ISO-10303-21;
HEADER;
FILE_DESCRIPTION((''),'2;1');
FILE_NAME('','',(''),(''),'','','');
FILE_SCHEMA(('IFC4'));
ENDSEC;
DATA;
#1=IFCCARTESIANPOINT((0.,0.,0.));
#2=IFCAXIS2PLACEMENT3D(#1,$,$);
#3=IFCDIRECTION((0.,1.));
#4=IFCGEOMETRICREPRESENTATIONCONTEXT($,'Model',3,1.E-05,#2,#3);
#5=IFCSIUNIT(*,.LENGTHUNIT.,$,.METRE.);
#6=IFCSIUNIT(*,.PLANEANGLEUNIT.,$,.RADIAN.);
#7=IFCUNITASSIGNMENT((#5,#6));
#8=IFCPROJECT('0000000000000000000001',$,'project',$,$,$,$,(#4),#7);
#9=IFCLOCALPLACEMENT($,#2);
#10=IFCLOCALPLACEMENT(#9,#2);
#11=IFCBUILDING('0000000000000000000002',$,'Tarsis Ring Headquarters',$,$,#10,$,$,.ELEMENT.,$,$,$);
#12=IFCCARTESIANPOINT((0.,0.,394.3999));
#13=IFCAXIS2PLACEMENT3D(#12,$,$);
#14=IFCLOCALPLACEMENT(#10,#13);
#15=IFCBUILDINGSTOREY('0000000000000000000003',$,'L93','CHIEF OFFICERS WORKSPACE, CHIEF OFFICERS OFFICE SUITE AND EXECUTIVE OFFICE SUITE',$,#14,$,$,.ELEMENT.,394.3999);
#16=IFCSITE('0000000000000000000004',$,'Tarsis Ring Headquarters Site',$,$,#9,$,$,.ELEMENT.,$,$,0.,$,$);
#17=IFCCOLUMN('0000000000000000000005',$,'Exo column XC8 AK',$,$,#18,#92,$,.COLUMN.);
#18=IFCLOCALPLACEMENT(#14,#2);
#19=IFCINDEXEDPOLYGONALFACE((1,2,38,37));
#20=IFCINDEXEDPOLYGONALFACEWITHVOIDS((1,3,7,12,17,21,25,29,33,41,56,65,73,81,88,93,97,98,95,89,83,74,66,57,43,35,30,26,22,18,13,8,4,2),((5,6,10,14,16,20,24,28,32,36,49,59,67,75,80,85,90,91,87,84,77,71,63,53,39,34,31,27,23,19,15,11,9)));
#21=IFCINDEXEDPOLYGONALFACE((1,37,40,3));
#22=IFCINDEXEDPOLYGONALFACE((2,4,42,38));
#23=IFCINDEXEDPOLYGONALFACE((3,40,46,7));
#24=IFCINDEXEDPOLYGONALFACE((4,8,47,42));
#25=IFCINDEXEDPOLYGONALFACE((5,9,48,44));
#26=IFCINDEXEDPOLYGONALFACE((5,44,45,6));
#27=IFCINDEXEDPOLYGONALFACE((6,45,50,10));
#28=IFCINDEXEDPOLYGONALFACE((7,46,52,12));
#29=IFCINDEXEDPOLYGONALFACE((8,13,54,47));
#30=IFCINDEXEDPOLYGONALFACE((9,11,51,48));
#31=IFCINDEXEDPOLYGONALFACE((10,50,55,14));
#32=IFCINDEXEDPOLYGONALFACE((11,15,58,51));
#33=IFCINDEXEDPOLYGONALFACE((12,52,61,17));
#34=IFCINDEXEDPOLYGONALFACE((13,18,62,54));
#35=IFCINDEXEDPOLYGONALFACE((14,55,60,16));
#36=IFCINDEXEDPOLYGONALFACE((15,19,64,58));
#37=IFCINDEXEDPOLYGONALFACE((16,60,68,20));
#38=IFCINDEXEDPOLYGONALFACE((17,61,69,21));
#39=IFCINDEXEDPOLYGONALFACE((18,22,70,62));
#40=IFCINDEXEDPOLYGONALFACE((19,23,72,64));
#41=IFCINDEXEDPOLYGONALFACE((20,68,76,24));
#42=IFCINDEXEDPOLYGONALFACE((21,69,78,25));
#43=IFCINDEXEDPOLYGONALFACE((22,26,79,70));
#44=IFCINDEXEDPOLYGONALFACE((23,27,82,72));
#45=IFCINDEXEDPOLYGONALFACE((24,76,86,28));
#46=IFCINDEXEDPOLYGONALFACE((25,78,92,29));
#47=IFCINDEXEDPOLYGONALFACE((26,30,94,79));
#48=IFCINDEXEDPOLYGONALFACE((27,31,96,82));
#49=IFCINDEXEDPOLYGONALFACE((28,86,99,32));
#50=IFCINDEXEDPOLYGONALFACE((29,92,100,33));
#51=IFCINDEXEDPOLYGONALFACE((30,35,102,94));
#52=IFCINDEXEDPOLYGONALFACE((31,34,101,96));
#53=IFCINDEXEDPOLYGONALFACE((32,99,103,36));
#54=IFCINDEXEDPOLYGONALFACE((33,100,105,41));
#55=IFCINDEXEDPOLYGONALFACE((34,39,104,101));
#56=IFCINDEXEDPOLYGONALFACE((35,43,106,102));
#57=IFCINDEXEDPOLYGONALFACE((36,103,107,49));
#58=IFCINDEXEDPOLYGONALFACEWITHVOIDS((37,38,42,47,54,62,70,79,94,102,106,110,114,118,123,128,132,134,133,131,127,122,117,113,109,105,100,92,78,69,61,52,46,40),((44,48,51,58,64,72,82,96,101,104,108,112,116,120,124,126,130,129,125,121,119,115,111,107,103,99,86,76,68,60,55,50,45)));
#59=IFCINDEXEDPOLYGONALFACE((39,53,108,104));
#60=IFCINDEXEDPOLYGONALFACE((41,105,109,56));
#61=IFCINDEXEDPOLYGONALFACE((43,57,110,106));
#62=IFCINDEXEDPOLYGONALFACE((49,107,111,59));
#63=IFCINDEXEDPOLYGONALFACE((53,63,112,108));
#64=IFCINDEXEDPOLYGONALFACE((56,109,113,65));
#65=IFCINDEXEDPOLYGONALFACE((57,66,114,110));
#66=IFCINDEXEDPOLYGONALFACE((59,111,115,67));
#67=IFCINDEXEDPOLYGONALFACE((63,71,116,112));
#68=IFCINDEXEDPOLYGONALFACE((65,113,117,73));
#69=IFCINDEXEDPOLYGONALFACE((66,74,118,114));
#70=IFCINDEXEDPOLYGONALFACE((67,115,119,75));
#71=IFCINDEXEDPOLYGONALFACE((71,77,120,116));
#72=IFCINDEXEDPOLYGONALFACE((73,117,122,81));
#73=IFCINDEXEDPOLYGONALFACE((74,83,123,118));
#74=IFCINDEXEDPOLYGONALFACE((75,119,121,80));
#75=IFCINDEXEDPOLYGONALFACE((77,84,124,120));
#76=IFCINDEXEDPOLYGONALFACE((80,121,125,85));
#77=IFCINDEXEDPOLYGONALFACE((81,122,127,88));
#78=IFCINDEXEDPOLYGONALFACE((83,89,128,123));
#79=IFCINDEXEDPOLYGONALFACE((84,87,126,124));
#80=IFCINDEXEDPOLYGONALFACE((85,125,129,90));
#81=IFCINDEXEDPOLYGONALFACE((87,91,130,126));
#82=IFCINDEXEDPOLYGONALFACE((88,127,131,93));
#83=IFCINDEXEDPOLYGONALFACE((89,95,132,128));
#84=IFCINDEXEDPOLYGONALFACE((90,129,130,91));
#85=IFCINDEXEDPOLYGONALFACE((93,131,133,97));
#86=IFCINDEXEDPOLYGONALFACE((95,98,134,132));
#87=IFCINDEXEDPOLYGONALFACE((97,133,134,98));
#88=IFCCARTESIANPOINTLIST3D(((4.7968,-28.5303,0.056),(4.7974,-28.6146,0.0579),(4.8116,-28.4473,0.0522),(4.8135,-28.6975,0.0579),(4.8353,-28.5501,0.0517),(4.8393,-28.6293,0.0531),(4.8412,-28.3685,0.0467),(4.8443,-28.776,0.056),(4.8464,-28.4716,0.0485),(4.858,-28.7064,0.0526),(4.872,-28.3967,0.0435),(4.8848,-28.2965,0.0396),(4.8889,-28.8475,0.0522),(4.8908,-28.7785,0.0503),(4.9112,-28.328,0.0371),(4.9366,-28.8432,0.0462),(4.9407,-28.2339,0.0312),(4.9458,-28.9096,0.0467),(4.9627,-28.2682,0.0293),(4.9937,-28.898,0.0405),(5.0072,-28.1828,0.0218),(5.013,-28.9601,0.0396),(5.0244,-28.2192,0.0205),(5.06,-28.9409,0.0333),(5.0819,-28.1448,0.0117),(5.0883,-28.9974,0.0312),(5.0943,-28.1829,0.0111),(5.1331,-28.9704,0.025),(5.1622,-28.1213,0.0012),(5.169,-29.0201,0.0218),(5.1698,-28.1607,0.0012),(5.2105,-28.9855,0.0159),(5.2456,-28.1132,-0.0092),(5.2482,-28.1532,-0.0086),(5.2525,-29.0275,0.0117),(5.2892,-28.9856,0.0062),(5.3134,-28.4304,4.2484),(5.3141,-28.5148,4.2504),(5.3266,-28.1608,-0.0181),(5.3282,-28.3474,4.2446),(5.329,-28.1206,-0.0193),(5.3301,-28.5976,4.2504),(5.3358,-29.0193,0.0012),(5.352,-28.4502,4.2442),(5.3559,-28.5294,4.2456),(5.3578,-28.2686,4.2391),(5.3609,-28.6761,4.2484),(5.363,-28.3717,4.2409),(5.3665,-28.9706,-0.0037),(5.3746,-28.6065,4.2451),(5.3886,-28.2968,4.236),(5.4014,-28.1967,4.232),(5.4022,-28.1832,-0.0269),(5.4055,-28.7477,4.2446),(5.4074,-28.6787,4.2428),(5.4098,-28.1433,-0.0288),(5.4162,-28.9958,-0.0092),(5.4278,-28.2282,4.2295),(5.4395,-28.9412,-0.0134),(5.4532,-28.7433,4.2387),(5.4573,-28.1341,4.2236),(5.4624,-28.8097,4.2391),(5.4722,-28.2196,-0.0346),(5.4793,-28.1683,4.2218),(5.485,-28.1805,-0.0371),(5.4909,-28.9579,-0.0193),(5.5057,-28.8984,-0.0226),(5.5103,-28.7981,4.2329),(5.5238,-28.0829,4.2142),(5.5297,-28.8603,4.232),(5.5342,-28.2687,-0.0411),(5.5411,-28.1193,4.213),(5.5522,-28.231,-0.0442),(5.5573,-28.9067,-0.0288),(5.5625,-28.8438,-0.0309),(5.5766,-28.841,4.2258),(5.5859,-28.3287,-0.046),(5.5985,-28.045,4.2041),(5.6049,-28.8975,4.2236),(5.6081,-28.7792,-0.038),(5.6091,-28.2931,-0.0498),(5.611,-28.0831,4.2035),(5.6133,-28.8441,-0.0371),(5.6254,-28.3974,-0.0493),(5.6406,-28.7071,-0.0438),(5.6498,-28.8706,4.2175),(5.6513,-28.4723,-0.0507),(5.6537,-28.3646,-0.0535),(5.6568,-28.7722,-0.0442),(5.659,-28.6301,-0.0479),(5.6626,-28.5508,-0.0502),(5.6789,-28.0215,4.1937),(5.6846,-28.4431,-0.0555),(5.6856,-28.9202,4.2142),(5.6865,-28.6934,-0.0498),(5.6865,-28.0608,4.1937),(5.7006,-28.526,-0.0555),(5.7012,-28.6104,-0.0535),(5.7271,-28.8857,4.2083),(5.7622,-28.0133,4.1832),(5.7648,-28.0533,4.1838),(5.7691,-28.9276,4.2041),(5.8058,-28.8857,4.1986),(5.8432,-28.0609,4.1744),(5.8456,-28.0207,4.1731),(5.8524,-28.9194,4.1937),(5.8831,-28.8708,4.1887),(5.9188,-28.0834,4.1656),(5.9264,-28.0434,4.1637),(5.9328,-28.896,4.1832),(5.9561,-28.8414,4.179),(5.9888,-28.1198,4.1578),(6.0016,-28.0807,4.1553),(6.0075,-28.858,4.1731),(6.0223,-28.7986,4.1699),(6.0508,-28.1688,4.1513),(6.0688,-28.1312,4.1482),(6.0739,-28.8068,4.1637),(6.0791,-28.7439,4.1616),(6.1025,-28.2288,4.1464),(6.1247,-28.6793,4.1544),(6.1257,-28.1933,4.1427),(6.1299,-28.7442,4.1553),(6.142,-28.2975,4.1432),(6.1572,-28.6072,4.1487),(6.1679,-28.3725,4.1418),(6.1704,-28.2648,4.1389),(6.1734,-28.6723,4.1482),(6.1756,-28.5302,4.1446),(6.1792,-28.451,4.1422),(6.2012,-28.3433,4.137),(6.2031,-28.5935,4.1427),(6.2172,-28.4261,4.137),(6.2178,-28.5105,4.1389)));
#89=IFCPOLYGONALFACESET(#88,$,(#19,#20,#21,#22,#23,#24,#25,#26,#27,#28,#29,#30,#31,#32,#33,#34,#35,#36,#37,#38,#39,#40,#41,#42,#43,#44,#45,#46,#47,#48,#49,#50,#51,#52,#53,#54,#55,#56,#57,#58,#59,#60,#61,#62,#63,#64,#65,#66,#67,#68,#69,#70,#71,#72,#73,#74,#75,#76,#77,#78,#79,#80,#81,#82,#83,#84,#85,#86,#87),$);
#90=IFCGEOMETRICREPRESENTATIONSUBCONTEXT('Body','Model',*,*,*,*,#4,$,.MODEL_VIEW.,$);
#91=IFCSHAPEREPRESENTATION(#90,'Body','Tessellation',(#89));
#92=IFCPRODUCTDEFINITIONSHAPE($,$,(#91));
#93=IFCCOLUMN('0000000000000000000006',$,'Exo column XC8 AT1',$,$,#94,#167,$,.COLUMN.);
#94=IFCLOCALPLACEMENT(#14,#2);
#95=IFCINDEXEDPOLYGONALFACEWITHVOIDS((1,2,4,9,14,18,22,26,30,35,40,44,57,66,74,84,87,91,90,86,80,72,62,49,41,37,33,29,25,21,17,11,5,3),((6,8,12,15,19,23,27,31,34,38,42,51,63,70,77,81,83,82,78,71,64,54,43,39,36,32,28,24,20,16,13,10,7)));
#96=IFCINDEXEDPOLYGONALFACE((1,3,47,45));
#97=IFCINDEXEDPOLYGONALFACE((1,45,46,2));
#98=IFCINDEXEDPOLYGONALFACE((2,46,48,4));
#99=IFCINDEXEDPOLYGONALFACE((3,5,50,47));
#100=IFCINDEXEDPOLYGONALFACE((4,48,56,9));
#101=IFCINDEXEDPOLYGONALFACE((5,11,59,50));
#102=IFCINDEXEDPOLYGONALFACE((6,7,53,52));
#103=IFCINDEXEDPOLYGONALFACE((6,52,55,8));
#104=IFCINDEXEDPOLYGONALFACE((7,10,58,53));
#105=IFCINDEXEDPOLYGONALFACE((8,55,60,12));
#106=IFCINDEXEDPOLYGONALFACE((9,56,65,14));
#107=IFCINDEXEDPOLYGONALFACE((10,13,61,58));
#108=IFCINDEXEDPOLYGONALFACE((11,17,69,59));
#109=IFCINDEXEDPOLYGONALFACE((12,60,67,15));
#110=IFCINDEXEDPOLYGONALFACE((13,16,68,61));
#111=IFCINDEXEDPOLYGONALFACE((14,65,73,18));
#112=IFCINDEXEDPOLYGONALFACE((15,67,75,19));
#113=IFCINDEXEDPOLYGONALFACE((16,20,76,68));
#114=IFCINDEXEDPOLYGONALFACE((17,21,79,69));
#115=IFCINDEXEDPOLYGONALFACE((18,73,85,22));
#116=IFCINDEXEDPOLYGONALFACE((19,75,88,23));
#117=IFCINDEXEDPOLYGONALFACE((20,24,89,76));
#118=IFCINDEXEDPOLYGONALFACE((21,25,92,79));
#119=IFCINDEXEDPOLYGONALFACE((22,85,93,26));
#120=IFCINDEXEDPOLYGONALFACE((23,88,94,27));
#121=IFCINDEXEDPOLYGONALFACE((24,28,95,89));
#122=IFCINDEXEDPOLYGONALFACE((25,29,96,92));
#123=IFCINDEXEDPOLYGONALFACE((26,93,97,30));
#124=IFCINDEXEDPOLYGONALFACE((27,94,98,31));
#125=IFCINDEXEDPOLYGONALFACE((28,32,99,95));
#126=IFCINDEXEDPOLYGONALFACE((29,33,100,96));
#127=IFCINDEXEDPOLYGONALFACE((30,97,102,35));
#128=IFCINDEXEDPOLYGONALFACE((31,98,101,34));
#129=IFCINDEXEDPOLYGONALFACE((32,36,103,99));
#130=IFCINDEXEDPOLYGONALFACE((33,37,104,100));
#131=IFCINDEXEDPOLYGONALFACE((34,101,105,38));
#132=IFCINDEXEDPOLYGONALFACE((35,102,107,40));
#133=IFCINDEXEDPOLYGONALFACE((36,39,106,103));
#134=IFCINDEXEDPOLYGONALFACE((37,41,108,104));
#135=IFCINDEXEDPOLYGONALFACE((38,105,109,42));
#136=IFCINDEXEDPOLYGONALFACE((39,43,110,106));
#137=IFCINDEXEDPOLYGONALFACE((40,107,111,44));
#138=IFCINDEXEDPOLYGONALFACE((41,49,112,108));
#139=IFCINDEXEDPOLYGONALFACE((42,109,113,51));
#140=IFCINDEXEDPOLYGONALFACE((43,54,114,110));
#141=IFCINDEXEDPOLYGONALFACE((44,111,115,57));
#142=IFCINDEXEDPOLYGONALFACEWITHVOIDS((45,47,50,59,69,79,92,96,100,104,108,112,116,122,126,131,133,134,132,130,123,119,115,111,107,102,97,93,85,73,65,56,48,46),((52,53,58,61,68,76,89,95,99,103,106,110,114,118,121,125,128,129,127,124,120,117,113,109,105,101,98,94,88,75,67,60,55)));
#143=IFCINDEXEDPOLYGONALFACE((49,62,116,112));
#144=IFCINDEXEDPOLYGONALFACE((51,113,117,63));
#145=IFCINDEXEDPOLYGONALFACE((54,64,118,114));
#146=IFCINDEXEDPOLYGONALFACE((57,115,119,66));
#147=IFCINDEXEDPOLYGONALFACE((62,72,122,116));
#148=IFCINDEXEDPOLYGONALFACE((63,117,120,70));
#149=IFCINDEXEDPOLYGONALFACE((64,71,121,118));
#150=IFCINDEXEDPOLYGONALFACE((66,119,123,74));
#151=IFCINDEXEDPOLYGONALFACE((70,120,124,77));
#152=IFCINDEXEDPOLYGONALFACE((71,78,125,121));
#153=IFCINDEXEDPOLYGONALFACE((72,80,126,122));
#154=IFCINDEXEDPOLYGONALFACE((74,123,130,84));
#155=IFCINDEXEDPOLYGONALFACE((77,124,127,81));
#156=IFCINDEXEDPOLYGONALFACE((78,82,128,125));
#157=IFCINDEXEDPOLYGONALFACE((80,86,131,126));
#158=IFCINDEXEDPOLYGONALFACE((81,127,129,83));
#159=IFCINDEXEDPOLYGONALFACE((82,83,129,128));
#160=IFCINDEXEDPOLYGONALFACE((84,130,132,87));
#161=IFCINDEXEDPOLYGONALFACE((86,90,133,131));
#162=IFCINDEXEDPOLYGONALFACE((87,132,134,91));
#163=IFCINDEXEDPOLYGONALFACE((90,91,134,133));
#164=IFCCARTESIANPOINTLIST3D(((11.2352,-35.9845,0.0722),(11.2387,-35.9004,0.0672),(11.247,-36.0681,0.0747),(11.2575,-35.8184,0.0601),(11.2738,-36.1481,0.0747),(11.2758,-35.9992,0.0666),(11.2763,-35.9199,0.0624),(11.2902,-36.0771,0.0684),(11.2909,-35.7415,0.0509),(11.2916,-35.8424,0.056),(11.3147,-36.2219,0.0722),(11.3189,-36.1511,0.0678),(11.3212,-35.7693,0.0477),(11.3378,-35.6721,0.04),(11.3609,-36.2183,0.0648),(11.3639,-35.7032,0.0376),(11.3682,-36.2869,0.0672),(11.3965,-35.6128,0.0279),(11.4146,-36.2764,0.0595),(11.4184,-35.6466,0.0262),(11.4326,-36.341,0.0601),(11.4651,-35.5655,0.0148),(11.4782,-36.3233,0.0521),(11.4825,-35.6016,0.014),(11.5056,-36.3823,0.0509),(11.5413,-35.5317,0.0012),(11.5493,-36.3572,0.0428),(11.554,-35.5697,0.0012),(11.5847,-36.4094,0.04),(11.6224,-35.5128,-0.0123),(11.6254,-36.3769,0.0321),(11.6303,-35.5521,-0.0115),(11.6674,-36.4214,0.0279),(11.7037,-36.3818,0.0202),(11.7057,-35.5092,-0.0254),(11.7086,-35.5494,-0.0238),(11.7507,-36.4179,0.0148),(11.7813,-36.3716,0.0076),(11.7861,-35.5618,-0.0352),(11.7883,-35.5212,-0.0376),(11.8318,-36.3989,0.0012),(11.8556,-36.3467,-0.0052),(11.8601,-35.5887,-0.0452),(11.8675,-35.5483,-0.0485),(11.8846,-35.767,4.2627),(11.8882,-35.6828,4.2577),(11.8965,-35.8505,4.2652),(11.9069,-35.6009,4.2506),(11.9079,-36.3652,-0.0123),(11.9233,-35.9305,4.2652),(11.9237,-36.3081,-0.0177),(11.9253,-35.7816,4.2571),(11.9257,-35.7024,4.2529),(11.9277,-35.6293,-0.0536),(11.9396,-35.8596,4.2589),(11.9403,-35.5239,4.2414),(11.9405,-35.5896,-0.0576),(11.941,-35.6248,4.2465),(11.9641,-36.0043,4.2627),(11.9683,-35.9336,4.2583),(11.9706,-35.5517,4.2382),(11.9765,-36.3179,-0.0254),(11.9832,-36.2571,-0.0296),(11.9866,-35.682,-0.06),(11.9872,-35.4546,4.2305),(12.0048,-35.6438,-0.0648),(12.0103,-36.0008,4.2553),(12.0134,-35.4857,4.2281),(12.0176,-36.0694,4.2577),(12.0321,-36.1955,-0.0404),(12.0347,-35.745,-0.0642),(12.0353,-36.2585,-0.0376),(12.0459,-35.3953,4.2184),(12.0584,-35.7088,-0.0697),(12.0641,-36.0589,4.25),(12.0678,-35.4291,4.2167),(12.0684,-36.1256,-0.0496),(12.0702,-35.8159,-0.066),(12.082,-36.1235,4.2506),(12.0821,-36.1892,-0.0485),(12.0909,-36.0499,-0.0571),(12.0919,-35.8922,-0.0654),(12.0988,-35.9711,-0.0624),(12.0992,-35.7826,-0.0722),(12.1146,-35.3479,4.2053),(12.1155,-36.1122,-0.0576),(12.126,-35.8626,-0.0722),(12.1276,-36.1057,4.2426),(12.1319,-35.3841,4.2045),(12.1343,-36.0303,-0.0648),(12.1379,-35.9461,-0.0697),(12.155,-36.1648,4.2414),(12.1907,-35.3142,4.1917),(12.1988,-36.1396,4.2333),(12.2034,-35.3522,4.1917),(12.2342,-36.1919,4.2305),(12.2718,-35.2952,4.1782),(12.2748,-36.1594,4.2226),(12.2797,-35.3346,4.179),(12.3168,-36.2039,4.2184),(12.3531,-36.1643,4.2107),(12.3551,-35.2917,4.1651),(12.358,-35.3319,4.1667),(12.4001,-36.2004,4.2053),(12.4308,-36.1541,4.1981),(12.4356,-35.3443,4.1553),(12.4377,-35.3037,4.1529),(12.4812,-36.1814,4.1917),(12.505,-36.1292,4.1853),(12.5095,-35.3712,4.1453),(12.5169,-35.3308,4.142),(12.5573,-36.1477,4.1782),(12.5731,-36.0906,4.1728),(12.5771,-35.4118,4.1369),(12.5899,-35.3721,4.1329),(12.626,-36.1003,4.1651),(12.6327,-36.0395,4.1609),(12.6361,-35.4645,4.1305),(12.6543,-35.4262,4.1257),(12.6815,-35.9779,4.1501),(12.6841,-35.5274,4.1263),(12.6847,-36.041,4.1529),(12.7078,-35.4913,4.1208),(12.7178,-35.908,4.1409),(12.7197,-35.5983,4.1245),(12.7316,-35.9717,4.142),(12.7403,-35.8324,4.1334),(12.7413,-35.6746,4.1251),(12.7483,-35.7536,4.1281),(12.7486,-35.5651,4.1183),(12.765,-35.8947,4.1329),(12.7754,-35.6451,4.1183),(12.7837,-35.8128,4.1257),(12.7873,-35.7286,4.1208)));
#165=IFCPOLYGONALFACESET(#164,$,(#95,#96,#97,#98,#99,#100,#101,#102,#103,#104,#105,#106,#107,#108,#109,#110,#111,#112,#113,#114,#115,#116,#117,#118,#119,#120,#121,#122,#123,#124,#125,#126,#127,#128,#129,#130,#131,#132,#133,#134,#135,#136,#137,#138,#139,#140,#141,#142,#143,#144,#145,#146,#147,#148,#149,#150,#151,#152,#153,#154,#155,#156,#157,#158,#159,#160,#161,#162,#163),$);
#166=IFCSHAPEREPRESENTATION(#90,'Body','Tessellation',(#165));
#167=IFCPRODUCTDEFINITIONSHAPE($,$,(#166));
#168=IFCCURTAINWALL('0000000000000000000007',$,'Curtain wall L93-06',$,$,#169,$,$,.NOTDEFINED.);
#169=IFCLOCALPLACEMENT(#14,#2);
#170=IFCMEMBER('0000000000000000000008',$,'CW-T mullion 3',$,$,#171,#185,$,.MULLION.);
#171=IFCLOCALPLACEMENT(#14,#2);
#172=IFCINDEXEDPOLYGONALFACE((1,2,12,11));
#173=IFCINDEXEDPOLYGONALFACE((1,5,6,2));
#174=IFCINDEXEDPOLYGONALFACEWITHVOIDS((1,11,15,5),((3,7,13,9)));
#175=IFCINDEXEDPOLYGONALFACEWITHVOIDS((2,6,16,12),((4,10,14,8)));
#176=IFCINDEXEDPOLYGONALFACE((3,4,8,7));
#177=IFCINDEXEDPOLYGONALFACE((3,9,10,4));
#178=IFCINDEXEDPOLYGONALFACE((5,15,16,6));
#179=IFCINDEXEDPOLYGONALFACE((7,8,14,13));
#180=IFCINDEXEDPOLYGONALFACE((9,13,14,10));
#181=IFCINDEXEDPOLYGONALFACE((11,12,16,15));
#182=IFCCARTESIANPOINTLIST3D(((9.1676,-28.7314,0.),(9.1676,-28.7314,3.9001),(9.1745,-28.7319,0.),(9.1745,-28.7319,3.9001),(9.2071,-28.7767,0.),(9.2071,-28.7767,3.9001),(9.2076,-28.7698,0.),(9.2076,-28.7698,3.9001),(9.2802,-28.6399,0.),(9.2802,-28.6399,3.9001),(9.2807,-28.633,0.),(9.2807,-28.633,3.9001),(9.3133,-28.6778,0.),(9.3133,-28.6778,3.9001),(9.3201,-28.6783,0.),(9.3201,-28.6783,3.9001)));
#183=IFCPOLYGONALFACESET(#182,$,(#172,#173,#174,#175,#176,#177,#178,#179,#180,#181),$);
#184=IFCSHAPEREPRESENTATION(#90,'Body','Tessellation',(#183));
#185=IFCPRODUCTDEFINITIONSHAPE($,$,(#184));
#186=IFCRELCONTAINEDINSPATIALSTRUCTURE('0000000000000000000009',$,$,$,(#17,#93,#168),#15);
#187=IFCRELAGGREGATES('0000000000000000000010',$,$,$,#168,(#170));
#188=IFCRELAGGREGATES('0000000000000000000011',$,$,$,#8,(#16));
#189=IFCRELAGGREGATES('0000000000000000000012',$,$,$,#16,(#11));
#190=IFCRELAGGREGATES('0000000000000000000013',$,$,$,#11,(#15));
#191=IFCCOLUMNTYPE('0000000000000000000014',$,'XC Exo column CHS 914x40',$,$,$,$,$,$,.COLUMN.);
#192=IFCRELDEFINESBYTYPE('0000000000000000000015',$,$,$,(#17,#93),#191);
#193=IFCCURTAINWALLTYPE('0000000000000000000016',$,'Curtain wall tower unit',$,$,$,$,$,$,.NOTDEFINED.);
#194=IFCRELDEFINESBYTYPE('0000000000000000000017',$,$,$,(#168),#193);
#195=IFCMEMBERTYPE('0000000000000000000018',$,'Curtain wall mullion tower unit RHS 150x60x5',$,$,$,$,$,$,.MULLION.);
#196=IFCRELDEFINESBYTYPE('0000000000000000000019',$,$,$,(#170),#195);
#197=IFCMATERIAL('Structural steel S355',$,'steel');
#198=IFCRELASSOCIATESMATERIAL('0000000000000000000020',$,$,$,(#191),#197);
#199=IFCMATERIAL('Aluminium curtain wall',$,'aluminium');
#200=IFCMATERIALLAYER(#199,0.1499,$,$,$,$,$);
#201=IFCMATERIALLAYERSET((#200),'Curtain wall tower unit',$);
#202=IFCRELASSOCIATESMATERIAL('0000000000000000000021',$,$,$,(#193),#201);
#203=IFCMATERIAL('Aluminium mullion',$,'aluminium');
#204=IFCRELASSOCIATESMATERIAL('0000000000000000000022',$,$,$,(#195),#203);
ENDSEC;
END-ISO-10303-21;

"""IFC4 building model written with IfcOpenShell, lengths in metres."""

from ifc_helpers import new_model, si_unit, direction, frame, origin, origin_2d, place, context, subcontext, project, spatial, hollow_rectangle, hollow_circle, extrude, material, layer, layer_set, material_profile, profile_set, type_object, element, aggregate, save


model = new_model("IFC4")

# Units and contexts
model_context = context("Model", 3, precision=1e-05, world=origin(), true_north=direction((0.0, 1.0)))
body_context = subcontext(model_context, "Body", "Model", "MODEL_VIEW")
ifc_project = project(units=[si_unit("LENGTHUNIT", "METRE"), si_unit("PLANEANGLEUNIT", "RADIAN")], contexts=[model_context])

# Site, building, storey
site_placement = place(None, origin())
site = spatial("IfcSite", under=ifc_project, at=site_placement, Name="Tarsis Ring Headquarters Site", CompositionType="ELEMENT", RefElevation=0.0)
building_placement = place(site_placement, origin())
building = spatial("IfcBuilding", under=site, at=building_placement, Name="Tarsis Ring Headquarters", CompositionType="ELEMENT")
storey_placement = place(building_placement, frame((0.0, 0.0, 394.3999)))
storey = spatial("IfcBuildingStorey", under=building, at=storey_placement, Name="L93", Description="CHIEF OFFICERS WORKSPACE, CHIEF OFFICERS OFFICE SUITE AND EXECUTIVE OFFICE SUITE", CompositionType="ELEMENT", Elevation=394.3999)

# Columns
ifc_material_1 = material(Name="Structural steel S355", Category="steel")
ifc_material_profile_1 = material_profile(ifc_material_1, hollow_circle(Radius=0.457, WallThickness=0.04, at=origin_2d()), Name="CHS 914x40")
ifc_profile_set_1 = profile_set([ifc_material_profile_1], Name="Structural steel S355")
column_type = type_object("IfcColumnType", Name="XC Exo column CHS 914x40", PredefinedType="COLUMN", material=ifc_profile_set_1)
column_1_placement = place(storey_placement, frame((5.249, -28.5703, 0.0012), z_axis=(0.122265, 0.023632, 0.992216), x_axis=(-0.189777, 0.981827, 0.0)))
element("IfcColumn", 1, at=column_1_placement, inside=storey, type_object=column_type, Name="Exo column XC8 AK", PredefinedType="COLUMN", context=body_context, shape_type="SweptSolid", body=[
    extrude(hollow_circle(Radius=0.4573, WallThickness=0.04, at=origin_2d()), origin(), (0.0, 0.0, 1.0), 4.2253),
])
column_2_placement = place(storey_placement, frame((11.6865, -35.9653, 0.0012), z_axis=(0.152946, 0.051231, 0.986906), x_axis=(-0.317618, 0.948219, 0.0)))
element("IfcColumn", 2, at=column_2_placement, inside=storey, type_object=column_type, Name="Exo column XC8 AT1", PredefinedType="COLUMN", context=body_context, shape_type="SweptSolid", body=[
    extrude(hollow_circle(Radius=0.4573, WallThickness=0.04, at=origin_2d()), origin(), (0.0, 0.0, 1.0), 4.2461),
])

# Curtain wall, member
ifc_material_2 = material(Name="Aluminium curtain wall", Category="aluminium")
ifc_layer_1 = layer(ifc_material_2, 0.1499)
ifc_layer_set_1 = layer_set([ifc_layer_1], Name="Curtain wall tower unit")
curtain_wall_type = type_object("IfcCurtainWallType", Name="Curtain wall tower unit", PredefinedType="NOTDEFINED", material=ifc_layer_set_1)
curtain_wall_placement = place(storey_placement, origin())
curtain_wall = element("IfcCurtainWall", 3, at=curtain_wall_placement, inside=storey, type_object=curtain_wall_type, Name="Curtain wall L93-06", PredefinedType="NOTDEFINED")
ifc_material_3 = material(Name="Aluminium mullion", Category="aluminium")
ifc_material_profile_2 = material_profile(ifc_material_3, hollow_rectangle(XDim=0.1499, YDim=0.0601, WallThickness=0.0049, at=origin_2d()), Name="RHS 150x60x5")
ifc_profile_set_2 = profile_set([ifc_material_profile_2], Name="Aluminium mullion")
member_type = type_object("IfcMemberType", Name="Curtain wall mullion tower unit RHS 150x60x5", PredefinedType="MULLION", material=ifc_profile_set_2)
member_placement = place(storey_placement, frame((9.2439, -28.7048, 0.0), z_axis=(0.0, 0.0, 1.0), x_axis=(0.754251, 0.656586, 0.0)))
member = element("IfcMember", 4, at=member_placement, type_object=member_type, Name="CW-T mullion 3", PredefinedType="MULLION", context=body_context, shape_type="SweptSolid", body=[
    extrude(hollow_rectangle(XDim=0.1499, YDim=0.0601, WallThickness=0.0049, at=origin_2d()), origin(), (0.0, 0.0, 1.0), 3.9001),
])

aggregate(curtain_wall, [member])

save(model, "model.ifc")
